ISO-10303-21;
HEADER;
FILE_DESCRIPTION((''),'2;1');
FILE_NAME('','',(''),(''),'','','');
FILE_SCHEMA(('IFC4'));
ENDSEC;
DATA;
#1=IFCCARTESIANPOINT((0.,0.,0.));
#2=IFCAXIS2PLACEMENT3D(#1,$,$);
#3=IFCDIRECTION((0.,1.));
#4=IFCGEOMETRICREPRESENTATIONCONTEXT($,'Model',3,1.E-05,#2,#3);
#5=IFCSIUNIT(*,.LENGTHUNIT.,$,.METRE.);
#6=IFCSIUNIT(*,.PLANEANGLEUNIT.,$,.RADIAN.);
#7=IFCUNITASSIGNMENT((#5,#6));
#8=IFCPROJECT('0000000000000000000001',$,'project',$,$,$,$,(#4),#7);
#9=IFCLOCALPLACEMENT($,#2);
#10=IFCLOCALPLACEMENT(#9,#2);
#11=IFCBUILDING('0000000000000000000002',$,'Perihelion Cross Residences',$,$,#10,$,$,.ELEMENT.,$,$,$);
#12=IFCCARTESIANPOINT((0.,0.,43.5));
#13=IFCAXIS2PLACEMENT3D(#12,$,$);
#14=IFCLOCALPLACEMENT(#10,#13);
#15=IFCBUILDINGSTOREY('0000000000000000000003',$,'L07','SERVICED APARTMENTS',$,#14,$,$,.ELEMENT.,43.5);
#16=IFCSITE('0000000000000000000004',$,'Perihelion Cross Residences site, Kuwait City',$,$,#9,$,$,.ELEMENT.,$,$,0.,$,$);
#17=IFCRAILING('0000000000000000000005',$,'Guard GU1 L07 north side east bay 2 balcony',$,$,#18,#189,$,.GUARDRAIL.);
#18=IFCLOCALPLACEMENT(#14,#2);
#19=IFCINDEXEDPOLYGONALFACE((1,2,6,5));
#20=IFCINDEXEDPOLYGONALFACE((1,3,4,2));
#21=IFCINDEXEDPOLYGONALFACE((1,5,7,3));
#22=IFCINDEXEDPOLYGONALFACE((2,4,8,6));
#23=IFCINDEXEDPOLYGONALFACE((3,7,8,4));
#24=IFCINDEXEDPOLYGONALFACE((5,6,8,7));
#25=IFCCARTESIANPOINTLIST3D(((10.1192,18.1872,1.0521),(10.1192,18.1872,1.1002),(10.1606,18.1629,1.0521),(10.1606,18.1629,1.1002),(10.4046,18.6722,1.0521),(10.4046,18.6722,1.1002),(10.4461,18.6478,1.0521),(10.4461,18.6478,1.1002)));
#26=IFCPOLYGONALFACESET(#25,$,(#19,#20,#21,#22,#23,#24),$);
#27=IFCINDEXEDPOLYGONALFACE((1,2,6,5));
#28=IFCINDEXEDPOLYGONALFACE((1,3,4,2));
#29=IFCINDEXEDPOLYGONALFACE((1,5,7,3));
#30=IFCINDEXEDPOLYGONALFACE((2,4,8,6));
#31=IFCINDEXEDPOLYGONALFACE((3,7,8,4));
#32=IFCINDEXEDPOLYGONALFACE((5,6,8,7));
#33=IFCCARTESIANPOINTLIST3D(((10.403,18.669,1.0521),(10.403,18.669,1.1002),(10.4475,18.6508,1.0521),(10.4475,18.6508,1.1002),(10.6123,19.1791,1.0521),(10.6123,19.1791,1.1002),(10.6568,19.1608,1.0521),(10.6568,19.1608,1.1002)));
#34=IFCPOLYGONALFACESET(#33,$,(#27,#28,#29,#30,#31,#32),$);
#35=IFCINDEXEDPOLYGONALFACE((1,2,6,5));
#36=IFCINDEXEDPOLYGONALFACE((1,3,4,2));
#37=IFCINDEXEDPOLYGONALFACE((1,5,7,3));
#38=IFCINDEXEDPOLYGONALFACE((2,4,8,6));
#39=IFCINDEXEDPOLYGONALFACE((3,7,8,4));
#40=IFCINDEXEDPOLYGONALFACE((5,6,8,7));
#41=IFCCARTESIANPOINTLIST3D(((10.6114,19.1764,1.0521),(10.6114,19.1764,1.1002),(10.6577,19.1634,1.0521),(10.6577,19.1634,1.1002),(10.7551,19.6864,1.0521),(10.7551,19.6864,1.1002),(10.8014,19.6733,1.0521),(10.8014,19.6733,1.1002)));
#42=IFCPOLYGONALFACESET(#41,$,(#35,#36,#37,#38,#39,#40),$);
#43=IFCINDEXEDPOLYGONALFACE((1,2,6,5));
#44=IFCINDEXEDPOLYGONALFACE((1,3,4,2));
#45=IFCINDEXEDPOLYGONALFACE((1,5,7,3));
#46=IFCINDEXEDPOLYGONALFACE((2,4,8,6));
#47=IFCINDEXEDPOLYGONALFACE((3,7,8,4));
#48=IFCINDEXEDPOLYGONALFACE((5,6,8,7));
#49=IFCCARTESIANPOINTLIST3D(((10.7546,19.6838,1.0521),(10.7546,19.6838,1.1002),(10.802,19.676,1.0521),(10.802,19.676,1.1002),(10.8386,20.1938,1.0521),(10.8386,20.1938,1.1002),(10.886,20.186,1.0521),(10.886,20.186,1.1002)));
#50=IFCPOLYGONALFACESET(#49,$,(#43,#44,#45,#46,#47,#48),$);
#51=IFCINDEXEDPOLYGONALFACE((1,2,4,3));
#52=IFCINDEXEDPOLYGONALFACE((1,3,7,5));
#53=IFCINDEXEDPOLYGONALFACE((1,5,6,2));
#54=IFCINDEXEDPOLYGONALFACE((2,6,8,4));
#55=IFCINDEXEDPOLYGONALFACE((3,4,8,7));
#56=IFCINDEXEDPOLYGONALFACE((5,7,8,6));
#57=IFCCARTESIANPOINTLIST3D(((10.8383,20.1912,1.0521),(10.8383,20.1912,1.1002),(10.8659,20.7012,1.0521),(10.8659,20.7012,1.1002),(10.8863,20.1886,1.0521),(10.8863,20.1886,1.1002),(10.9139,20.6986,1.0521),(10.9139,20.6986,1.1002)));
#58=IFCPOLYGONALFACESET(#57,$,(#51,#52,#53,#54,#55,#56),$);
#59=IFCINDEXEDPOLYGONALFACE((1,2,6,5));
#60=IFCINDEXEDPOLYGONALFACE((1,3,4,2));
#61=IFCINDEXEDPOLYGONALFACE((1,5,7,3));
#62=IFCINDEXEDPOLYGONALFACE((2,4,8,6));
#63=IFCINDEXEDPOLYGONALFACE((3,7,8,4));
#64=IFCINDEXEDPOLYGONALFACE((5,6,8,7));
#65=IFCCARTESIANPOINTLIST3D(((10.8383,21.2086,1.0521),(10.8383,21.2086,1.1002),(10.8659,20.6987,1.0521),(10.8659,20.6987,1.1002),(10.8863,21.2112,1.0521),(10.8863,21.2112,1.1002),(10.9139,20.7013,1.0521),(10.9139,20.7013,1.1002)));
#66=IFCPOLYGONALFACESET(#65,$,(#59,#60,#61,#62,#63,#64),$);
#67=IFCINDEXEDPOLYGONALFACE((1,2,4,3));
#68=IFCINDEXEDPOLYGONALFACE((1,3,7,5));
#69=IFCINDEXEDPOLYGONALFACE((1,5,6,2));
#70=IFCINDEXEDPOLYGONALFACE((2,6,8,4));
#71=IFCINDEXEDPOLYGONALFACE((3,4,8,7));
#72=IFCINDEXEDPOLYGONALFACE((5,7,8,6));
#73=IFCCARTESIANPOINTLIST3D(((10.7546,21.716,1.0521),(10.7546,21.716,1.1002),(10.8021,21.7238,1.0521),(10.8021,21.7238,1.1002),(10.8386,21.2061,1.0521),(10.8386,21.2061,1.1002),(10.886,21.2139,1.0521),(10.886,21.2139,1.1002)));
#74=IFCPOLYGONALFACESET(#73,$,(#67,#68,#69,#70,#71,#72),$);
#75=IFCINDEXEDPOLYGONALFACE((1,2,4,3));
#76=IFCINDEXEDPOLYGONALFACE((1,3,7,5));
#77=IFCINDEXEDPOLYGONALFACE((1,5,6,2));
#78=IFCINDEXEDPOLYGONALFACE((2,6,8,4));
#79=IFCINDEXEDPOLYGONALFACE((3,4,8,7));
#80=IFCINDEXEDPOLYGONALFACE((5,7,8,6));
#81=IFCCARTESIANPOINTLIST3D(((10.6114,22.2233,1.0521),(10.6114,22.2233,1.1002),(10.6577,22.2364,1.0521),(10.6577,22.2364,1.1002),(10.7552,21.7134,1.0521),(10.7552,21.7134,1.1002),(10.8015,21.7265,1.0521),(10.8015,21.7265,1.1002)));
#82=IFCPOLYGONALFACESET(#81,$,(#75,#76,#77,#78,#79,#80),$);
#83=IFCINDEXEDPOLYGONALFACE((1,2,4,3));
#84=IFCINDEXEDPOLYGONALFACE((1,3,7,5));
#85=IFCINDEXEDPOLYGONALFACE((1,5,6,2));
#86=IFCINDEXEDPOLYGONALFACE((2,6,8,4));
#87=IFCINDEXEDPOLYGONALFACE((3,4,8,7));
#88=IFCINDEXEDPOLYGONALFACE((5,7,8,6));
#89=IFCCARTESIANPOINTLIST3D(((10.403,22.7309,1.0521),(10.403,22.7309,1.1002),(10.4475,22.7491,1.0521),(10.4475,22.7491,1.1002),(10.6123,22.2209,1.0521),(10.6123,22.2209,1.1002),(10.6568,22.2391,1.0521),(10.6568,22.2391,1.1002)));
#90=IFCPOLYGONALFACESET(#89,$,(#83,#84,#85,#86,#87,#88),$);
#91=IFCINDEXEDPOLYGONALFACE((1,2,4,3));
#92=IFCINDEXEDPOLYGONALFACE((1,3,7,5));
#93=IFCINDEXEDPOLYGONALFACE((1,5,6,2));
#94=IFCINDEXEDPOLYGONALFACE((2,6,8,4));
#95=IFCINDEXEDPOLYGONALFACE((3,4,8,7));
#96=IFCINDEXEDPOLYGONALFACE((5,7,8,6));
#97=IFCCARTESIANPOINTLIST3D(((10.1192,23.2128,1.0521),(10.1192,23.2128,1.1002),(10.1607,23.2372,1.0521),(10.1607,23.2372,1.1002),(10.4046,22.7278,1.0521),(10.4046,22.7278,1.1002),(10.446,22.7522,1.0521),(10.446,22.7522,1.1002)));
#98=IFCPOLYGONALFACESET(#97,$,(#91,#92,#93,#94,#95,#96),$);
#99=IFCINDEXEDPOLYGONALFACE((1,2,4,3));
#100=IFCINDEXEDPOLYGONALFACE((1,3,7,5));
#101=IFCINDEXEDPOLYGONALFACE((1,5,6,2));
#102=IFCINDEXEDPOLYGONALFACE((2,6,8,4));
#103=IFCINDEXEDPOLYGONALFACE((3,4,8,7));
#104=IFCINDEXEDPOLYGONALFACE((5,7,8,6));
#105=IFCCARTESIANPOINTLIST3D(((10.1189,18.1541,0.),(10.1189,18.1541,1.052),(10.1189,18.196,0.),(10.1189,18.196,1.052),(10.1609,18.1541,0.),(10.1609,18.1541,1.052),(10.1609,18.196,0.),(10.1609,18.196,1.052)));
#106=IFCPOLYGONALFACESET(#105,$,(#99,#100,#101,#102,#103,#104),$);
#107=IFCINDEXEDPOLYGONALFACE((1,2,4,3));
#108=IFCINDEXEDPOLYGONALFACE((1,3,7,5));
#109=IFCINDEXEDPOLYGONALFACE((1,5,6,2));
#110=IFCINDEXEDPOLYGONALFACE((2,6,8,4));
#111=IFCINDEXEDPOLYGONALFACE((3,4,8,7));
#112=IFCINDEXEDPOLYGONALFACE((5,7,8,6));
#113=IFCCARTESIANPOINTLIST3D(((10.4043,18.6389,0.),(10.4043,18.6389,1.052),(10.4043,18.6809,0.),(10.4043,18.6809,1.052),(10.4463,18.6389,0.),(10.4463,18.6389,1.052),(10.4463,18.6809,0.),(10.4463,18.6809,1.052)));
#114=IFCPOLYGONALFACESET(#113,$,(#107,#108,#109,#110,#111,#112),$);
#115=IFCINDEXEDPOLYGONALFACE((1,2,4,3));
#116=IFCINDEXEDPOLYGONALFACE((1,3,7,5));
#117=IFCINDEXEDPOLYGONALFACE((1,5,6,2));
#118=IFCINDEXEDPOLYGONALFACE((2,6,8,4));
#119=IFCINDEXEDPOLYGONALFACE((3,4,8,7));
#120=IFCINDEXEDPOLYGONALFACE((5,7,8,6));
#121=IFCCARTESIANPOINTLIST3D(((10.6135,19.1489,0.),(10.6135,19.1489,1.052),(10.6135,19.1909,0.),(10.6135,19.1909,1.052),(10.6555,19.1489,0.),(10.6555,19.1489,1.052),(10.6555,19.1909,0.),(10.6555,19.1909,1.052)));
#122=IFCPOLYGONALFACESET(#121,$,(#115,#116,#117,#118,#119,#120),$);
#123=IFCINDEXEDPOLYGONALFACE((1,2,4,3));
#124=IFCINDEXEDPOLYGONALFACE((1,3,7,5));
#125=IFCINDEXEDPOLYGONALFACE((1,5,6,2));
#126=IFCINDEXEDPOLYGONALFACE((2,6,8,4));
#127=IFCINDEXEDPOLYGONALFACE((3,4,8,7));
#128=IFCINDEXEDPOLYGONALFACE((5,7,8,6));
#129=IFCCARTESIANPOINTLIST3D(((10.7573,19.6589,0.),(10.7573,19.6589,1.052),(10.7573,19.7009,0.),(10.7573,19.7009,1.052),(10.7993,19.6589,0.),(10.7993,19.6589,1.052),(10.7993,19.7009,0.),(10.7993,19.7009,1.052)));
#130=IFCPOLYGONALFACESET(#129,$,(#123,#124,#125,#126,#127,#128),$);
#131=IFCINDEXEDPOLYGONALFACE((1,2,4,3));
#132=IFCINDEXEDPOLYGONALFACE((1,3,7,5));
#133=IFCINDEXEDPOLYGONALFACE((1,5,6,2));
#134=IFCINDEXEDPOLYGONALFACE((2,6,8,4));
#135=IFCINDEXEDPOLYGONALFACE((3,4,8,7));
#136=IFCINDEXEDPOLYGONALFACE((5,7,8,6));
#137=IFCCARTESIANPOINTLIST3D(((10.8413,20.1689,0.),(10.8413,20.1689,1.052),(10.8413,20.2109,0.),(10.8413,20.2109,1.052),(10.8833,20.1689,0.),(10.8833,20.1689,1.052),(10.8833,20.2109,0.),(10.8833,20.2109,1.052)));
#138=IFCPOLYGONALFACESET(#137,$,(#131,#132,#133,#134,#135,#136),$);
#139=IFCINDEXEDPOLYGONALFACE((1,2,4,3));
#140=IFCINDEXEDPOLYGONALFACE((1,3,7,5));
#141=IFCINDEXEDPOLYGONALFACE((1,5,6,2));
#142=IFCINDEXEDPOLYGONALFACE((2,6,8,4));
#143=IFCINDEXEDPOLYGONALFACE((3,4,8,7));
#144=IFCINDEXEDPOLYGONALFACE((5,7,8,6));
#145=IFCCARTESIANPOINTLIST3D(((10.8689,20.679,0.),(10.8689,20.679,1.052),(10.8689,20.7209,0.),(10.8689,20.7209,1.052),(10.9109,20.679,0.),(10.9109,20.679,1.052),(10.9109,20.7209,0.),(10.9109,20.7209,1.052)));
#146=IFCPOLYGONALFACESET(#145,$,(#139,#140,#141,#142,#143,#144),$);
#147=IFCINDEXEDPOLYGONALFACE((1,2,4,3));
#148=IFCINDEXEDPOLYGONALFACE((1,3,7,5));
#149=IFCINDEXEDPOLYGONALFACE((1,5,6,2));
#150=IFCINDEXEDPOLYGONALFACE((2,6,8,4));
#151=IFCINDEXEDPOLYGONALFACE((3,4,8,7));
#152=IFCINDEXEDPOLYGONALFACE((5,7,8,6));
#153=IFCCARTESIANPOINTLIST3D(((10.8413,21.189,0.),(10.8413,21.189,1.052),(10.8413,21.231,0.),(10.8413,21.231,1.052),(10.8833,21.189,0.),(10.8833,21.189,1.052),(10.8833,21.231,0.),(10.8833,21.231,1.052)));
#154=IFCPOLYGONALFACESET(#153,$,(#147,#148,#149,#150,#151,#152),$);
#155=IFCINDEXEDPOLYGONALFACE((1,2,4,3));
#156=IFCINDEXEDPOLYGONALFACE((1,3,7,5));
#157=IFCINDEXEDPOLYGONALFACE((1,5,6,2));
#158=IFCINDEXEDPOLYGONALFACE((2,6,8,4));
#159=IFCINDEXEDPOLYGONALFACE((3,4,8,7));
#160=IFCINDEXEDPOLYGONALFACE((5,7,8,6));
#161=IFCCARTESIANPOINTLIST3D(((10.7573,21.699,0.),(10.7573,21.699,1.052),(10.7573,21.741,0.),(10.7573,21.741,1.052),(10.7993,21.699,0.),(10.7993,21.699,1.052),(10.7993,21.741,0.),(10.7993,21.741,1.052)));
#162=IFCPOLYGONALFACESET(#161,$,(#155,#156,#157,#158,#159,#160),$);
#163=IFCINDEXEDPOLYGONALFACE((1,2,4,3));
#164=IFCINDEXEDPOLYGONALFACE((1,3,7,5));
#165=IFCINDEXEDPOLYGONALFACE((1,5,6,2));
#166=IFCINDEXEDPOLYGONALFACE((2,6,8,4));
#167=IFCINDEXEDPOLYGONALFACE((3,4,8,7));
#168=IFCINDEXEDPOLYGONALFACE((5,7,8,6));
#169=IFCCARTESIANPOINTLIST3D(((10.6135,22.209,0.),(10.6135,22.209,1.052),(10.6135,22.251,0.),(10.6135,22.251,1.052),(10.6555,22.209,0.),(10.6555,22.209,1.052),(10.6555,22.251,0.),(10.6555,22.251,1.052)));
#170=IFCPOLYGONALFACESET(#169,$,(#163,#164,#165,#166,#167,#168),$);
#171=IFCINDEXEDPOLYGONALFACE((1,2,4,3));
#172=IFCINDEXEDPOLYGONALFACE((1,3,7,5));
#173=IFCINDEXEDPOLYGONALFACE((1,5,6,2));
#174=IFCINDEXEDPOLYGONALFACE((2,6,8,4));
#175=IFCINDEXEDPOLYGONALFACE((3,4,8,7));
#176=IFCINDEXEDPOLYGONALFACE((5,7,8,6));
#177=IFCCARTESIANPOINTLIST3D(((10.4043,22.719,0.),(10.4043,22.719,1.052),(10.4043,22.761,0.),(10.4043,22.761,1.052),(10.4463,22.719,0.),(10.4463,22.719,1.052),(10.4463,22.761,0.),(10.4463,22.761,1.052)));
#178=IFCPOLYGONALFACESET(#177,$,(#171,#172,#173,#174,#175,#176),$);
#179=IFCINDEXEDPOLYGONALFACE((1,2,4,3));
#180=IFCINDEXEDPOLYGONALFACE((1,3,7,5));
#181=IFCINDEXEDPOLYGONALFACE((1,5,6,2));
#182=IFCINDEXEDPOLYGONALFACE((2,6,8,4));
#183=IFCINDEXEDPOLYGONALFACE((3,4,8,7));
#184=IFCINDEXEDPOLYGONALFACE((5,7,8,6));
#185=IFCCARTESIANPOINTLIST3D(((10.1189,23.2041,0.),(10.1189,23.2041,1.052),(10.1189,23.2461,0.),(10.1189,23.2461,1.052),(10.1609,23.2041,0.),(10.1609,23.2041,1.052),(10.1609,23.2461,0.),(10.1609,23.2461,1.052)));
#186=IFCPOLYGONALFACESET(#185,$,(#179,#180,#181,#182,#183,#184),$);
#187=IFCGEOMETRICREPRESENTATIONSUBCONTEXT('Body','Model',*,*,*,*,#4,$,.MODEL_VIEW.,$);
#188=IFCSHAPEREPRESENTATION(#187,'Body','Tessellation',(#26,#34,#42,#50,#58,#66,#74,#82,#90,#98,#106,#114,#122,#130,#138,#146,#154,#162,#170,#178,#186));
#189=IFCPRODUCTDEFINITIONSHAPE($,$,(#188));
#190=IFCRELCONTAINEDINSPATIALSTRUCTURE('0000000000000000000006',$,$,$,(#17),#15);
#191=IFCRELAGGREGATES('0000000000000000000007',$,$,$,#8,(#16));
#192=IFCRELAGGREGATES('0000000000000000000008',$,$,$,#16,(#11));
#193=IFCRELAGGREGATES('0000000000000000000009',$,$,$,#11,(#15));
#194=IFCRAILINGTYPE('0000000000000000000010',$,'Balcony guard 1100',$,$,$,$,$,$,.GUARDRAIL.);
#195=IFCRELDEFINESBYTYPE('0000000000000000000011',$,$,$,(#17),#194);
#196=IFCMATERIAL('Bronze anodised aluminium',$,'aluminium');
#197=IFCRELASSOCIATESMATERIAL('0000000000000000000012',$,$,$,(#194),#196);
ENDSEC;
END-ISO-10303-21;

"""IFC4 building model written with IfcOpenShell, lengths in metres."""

from ifc_helpers import new_model, si_unit, direction, frame, origin, origin_2d, place, context, subcontext, project, spatial, rectangle, extrude, material, type_object, element, save


model = new_model("IFC4")

# Units and contexts
model_context = context("Model", 3, precision=1e-05, world=origin(), true_north=direction((0.0, 1.0)))
body_context = subcontext(model_context, "Body", "Model", "MODEL_VIEW")
ifc_project = project(units=[si_unit("LENGTHUNIT", "METRE"), si_unit("PLANEANGLEUNIT", "RADIAN")], contexts=[model_context])

# Site, building, storey
site_placement = place(None, origin())
site = spatial("IfcSite", under=ifc_project, at=site_placement, Name="Perihelion Cross Residences site, Kuwait City", CompositionType="ELEMENT", RefElevation=0.0)
building_placement = place(site_placement, origin())
building = spatial("IfcBuilding", under=site, at=building_placement, Name="Perihelion Cross Residences", CompositionType="ELEMENT")
storey_placement = place(building_placement, frame((0.0, 0.0, 43.5)))
storey = spatial("IfcBuildingStorey", under=building, at=storey_placement, Name="L07", Description="SERVICED APARTMENTS", CompositionType="ELEMENT", Elevation=43.5)

# Railing
ifc_material_1 = material(Name="Bronze anodised aluminium", Category="aluminium")
railing_type = type_object("IfcRailingType", Name="Balcony guard 1100", PredefinedType="GUARDRAIL", material=ifc_material_1)
railing_1_placement = place(storey_placement, frame((10.1399, 18.175, 0.0)))
element("IfcRailing", 1, at=railing_1_placement, inside=storey, type_object=railing_type, Name="Guard GU1 L07 north side east bay 2 balcony", PredefinedType="GUARDRAIL", context=body_context, shape_type="SweptSolid", body=[
    extrude(rectangle(XDim=0.0481, YDim=0.0481, at=origin_2d()), frame((0.0, 0.0, 1.0762), z_axis=(0.507267, 0.861789, 0.0), x_axis=(-0.861789, 0.507267, 0.0)), (0.0, 0.0, 1.0), 0.5627),
    extrude(rectangle(XDim=0.0481, YDim=0.0481, at=origin_2d()), frame((0.2854, 0.4849, 1.0762), z_axis=(0.379547, 0.925173, 0.0), x_axis=(-0.925173, 0.379547, 0.0)), (0.0, 0.0, 1.0), 0.5513),
    extrude(rectangle(XDim=0.0481, YDim=0.0481, at=origin_2d()), frame((0.4946, 0.9949, 1.0762), z_axis=(0.271373, 0.962474, 0.0), x_axis=(-0.962474, 0.271373, 0.0)), (0.0, 0.0, 1.0), 0.5298),
    extrude(rectangle(XDim=0.0481, YDim=0.0481, at=origin_2d()), frame((0.6384, 1.5049, 1.0762), z_axis=(0.162484, 0.986711, 0.0), x_axis=(-0.986711, 0.162484, 0.0)), (0.0, 0.0, 1.0), 0.5168),
    extrude(rectangle(XDim=0.0481, YDim=0.0481, at=origin_2d()), frame((0.7224, 2.0149, 1.0762), z_axis=(0.054014, 0.99854, 0.0), x_axis=(-0.99854, 0.054014, 0.0)), (0.0, 0.0, 1.0), 0.5107),
    extrude(rectangle(XDim=0.0481, YDim=0.0481, at=origin_2d()), frame((0.75, 2.5249, 1.0762), z_axis=(-0.054014, 0.99854, 0.0), x_axis=(-0.99854, -0.054014, 0.0)), (0.0, 0.0, 1.0), 0.5107),
    extrude(rectangle(XDim=0.0481, YDim=0.0481, at=origin_2d()), frame((0.7224, 3.0349, 1.0762), z_axis=(-0.162484, 0.986711, 0.0), x_axis=(-0.986711, -0.162484, 0.0)), (0.0, 0.0, 1.0), 0.5168),
    extrude(rectangle(XDim=0.0481, YDim=0.0481, at=origin_2d()), frame((0.6384, 3.5449, 1.0762), z_axis=(-0.271373, 0.962474, 0.0), x_axis=(-0.962474, -0.271373, 0.0)), (0.0, 0.0, 1.0), 0.5298),
    extrude(rectangle(XDim=0.0481, YDim=0.0481, at=origin_2d()), frame((0.4946, 4.0549, 1.0762), z_axis=(-0.379547, 0.925173, 0.0), x_axis=(-0.925173, -0.379547, 0.0)), (0.0, 0.0, 1.0), 0.5513),
    extrude(rectangle(XDim=0.0481, YDim=0.0481, at=origin_2d()), frame((0.2854, 4.5649, 1.0762), z_axis=(-0.507077, 0.861901, 0.0), x_axis=(-0.861901, -0.507077, 0.0)), (0.0, 0.0, 1.0), 0.5627),
    extrude(rectangle(XDim=0.042, YDim=0.042, at=origin_2d()), origin(), (0.0, 0.0, 1.0), 1.052),
    extrude(rectangle(XDim=0.042, YDim=0.042, at=origin_2d()), frame((0.2854, 0.4849, 0.0)), (0.0, 0.0, 1.0), 1.052),
    extrude(rectangle(XDim=0.042, YDim=0.042, at=origin_2d()), frame((0.4946, 0.9949, 0.0)), (0.0, 0.0, 1.0), 1.052),
    extrude(rectangle(XDim=0.042, YDim=0.042, at=origin_2d()), frame((0.6384, 1.5049, 0.0)), (0.0, 0.0, 1.0), 1.052),
    extrude(rectangle(XDim=0.042, YDim=0.042, at=origin_2d()), frame((0.7224, 2.0149, 0.0)), (0.0, 0.0, 1.0), 1.052),
    extrude(rectangle(XDim=0.042, YDim=0.042, at=origin_2d()), frame((0.75, 2.5249, 0.0)), (0.0, 0.0, 1.0), 1.052),
    extrude(rectangle(XDim=0.042, YDim=0.042, at=origin_2d()), frame((0.7224, 3.0349, 0.0)), (0.0, 0.0, 1.0), 1.052),
    extrude(rectangle(XDim=0.042, YDim=0.042, at=origin_2d()), frame((0.6384, 3.5449, 0.0)), (0.0, 0.0, 1.0), 1.052),
    extrude(rectangle(XDim=0.042, YDim=0.042, at=origin_2d()), frame((0.4946, 4.0549, 0.0)), (0.0, 0.0, 1.0), 1.052),
    extrude(rectangle(XDim=0.042, YDim=0.042, at=origin_2d()), frame((0.2854, 4.5649, 0.0)), (0.0, 0.0, 1.0), 1.052),
    extrude(rectangle(XDim=0.042, YDim=0.042, at=origin_2d()), frame((0.0, 5.05, 0.0)), (0.0, 0.0, 1.0), 1.052),
])

save(model, "model.ifc")
